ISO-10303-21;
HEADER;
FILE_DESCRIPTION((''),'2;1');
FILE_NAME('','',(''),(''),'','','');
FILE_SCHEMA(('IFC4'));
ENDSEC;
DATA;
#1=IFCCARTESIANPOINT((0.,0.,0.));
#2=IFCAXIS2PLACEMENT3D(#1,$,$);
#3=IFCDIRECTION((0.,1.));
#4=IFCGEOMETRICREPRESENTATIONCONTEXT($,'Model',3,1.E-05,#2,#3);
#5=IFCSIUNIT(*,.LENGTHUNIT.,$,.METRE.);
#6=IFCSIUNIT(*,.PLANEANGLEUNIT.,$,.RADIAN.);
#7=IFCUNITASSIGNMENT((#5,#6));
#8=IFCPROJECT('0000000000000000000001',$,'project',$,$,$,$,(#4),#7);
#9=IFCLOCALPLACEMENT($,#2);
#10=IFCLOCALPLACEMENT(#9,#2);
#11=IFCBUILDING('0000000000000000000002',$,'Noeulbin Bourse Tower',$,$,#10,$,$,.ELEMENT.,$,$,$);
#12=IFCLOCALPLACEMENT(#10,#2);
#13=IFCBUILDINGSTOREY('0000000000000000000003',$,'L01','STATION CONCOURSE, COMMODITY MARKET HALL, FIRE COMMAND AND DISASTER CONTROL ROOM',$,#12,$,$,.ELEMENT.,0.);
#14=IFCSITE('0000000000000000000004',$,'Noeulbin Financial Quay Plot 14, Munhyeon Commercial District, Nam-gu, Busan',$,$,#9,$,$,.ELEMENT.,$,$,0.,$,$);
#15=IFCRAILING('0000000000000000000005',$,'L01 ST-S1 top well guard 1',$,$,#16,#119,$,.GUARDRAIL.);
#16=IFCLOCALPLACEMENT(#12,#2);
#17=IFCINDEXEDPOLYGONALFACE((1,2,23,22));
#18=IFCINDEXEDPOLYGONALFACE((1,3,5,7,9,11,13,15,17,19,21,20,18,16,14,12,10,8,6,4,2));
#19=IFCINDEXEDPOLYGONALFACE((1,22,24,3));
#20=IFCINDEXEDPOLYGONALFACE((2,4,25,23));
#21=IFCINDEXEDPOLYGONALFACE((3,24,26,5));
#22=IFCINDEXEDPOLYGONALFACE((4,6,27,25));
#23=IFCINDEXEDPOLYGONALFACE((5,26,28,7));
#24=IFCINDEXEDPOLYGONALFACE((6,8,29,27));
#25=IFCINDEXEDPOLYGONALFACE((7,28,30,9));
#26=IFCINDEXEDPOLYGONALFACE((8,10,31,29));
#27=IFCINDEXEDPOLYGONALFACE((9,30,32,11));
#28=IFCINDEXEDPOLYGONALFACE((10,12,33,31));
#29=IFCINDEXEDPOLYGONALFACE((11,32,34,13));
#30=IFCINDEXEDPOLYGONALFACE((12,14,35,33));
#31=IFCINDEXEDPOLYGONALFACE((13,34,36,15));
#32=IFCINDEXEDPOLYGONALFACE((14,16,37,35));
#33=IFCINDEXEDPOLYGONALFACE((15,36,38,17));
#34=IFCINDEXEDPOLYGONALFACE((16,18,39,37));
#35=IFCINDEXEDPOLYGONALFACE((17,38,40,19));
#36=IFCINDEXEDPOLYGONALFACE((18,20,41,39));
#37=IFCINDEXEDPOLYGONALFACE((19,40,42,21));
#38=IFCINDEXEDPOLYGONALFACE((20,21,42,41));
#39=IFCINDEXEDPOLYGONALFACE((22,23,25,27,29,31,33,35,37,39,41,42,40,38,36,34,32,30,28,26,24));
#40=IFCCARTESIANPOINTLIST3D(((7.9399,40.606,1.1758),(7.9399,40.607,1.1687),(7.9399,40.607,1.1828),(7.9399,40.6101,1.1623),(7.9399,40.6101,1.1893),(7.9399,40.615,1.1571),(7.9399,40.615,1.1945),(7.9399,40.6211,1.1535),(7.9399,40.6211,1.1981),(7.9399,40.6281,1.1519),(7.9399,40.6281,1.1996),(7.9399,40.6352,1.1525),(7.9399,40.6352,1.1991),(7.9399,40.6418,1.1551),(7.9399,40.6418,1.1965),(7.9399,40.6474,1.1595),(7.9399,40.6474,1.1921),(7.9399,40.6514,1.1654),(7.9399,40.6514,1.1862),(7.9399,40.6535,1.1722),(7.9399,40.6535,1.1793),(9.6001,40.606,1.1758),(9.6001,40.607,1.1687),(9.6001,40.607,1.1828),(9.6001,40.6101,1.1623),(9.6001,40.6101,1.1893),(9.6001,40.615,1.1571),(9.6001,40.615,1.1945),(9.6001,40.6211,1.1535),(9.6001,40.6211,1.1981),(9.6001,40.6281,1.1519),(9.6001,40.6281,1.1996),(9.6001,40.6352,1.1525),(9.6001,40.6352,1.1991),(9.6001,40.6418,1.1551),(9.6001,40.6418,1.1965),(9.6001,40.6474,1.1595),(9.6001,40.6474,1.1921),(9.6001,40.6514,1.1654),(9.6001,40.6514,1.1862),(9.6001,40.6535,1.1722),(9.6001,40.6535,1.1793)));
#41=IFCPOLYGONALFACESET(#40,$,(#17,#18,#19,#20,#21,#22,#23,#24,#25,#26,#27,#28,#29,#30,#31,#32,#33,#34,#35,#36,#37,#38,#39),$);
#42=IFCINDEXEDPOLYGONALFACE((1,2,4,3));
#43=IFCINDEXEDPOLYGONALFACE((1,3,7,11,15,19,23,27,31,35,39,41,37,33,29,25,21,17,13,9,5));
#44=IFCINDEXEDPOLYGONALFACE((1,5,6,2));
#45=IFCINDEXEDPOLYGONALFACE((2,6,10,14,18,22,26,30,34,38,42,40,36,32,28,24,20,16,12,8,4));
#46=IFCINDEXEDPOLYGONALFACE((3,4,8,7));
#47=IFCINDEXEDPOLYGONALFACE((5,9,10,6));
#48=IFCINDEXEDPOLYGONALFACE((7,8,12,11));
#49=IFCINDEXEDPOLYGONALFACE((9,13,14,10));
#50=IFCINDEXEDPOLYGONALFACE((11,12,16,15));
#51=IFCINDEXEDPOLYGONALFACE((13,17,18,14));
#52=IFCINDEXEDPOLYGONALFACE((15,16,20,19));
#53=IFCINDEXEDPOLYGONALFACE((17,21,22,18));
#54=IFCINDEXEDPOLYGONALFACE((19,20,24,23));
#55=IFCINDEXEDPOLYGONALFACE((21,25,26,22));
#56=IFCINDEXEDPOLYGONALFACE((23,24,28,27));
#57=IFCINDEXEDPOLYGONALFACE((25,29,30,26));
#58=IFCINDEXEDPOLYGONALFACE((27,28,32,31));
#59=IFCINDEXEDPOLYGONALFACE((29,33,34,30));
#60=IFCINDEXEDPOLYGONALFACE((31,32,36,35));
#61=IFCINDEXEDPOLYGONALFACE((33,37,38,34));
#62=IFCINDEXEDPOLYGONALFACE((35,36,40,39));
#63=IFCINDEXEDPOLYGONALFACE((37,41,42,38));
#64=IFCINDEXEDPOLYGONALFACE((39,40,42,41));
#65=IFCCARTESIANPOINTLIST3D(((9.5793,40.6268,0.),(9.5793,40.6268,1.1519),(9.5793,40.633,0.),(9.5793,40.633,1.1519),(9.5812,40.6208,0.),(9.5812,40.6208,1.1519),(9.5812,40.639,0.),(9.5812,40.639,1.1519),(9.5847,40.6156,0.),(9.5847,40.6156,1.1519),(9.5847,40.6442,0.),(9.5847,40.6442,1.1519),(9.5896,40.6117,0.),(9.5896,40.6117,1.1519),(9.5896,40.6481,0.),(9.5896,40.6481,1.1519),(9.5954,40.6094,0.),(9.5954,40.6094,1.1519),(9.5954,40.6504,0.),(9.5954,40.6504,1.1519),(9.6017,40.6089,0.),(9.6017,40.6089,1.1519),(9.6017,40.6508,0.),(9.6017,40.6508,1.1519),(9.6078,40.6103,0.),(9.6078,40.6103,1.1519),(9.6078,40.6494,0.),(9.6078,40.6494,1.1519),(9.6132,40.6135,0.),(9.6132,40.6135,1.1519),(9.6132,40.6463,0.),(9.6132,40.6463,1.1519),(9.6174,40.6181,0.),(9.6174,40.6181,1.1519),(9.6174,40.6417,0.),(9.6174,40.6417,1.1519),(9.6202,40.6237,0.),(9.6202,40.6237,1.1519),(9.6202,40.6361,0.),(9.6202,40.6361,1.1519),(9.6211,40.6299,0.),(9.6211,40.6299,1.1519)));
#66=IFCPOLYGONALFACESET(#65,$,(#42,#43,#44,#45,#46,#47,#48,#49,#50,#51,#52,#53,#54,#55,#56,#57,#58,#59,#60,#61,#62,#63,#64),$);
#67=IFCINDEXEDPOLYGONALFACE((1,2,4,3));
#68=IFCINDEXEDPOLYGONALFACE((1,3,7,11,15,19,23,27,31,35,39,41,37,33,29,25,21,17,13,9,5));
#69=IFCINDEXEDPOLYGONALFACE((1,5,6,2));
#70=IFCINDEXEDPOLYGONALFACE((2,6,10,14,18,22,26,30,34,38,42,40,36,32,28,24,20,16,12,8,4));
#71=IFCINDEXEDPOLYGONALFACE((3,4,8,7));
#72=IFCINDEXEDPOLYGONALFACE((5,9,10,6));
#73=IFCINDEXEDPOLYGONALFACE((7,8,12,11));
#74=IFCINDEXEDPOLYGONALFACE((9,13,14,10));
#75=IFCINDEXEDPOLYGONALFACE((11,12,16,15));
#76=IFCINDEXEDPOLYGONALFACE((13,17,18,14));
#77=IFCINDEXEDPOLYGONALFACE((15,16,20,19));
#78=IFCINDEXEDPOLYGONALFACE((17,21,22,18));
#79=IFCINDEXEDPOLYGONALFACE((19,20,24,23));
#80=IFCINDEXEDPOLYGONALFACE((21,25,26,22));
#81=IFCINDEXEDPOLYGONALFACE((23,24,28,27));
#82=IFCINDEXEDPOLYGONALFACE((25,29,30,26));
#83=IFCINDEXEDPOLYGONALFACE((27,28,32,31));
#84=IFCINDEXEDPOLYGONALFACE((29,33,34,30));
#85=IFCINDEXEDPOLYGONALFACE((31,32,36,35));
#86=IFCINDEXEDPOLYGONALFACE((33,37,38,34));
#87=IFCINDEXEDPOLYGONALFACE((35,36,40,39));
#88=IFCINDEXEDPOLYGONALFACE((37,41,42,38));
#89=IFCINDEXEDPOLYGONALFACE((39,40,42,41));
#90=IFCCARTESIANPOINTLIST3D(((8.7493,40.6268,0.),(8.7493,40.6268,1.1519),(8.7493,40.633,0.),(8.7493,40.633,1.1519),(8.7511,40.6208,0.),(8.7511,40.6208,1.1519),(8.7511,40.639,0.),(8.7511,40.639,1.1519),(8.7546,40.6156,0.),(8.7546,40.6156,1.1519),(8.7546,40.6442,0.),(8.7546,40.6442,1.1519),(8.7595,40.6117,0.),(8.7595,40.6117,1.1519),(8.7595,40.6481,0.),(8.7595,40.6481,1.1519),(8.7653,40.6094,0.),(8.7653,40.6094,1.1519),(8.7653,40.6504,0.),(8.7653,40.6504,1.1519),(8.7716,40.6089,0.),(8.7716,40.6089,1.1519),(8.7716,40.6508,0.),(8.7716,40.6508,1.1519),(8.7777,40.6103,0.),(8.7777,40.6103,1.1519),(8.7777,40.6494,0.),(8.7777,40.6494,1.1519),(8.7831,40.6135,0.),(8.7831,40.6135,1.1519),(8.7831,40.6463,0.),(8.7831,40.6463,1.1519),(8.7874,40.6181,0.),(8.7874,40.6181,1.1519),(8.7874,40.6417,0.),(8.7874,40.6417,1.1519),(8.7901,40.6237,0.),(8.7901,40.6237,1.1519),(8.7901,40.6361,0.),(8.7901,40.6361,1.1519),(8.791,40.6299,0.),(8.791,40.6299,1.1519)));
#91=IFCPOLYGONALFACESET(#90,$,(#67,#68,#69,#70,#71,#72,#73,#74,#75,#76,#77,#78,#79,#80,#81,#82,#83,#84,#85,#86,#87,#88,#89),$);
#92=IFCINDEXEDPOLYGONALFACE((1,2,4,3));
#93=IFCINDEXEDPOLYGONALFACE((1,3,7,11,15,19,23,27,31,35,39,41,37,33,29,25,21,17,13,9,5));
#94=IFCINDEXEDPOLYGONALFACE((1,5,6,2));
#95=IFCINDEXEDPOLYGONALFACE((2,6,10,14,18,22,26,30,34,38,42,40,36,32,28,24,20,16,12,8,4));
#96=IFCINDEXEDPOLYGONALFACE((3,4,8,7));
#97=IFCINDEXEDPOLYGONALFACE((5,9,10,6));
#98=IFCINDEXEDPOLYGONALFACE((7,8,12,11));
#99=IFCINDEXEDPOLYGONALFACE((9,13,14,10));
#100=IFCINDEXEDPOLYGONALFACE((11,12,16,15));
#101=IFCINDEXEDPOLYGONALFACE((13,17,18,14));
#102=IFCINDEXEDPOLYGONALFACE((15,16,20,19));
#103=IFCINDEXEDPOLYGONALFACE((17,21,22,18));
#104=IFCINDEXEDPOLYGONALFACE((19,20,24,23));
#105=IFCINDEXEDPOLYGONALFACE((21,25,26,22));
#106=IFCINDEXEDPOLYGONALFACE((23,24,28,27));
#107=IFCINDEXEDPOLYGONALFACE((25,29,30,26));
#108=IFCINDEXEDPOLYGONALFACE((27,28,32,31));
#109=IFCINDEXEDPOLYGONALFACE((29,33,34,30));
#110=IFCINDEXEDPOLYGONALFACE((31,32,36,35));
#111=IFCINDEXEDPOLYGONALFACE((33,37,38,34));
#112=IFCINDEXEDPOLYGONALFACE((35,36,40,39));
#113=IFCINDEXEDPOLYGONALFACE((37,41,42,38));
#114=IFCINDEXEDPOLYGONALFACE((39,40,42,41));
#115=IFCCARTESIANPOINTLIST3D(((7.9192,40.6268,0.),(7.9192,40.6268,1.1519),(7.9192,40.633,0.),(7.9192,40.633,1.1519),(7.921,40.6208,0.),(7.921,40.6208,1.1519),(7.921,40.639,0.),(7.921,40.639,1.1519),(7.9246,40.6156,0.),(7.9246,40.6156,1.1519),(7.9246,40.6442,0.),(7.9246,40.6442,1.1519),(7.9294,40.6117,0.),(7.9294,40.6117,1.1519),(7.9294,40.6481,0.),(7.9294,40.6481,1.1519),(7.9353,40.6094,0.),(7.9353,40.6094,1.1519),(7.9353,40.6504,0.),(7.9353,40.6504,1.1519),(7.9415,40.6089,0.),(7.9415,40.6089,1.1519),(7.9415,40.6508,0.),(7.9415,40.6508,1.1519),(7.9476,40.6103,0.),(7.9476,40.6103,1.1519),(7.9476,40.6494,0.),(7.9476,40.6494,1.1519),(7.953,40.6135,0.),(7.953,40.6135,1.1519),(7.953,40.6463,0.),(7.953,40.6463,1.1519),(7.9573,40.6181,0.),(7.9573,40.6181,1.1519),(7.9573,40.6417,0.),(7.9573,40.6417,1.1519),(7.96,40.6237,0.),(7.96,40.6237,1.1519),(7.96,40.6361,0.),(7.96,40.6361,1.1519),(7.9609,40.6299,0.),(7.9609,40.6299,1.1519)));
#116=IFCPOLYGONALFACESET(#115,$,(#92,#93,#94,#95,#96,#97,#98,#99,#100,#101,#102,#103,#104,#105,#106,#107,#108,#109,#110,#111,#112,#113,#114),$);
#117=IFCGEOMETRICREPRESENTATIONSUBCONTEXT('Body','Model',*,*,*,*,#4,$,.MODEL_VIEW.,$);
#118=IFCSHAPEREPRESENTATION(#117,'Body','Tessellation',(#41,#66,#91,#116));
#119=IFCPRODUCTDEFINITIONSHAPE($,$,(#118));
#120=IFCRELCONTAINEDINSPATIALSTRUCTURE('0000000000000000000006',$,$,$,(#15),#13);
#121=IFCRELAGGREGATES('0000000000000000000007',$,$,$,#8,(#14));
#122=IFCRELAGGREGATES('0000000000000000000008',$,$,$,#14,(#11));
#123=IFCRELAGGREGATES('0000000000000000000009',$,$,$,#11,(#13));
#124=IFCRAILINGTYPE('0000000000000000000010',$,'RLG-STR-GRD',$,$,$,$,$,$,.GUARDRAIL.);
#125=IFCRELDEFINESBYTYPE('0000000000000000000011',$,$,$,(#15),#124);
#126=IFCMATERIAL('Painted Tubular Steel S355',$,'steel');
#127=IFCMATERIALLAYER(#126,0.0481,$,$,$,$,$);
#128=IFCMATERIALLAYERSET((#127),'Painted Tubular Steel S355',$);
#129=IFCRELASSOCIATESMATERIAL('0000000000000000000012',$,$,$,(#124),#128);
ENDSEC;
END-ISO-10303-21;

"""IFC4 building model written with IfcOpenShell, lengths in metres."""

from ifc_helpers import new_model, si_unit, direction, frame, origin, origin_2d, place, context, subcontext, project, spatial, circle, extrude, material, layer, layer_set, type_object, element, save


model = new_model("IFC4")

# Units and contexts
model_context = context("Model", 3, precision=1e-05, world=origin(), true_north=direction((0.0, 1.0)))
body_context = subcontext(model_context, "Body", "Model", "MODEL_VIEW")
ifc_project = project(units=[si_unit("LENGTHUNIT", "METRE"), si_unit("PLANEANGLEUNIT", "RADIAN")], contexts=[model_context])

# Site, building, storey
site_placement = place(None, origin())
site = spatial("IfcSite", under=ifc_project, at=site_placement, Name="Noeulbin Financial Quay Plot 14, Munhyeon Commercial District, Nam-gu, Busan", CompositionType="ELEMENT", RefElevation=0.0)
building_placement = place(site_placement, origin())
building = spatial("IfcBuilding", under=site, at=building_placement, Name="Noeulbin Bourse Tower", CompositionType="ELEMENT")
storey_placement = place(building_placement, origin())
storey = spatial("IfcBuildingStorey", under=building, at=storey_placement, Name="L01", Description="STATION CONCOURSE, COMMODITY MARKET HALL, FIRE COMMAND AND DISASTER CONTROL ROOM", CompositionType="ELEMENT", Elevation=0.0)

# Railing
ifc_material_1 = material(Name="Painted Tubular Steel S355", Category="steel")
ifc_layer_1 = layer(ifc_material_1, 0.0481)
ifc_layer_set_1 = layer_set([ifc_layer_1], Name="Painted Tubular Steel S355")
railing_type = type_object("IfcRailingType", Name="RLG-STR-GRD", PredefinedType="GUARDRAIL", material=ifc_layer_set_1)
railing_placement = place(storey_placement, frame((9.6001, 40.6299, 0.0)))
element("IfcRailing", 1, at=railing_placement, inside=storey, type_object=railing_type, Name="L01 ST-S1 top well guard 1", PredefinedType="GUARDRAIL", context=body_context, shape_type="SweptSolid", body=[
    extrude(circle(Radius=0.0239, at=origin_2d()), frame((0.0, 0.0, 1.1758), z_axis=(-1.0, 0.0, 0.0), x_axis=(0.0, -1.0, 0.0)), (0.0, 0.0, 1.0), 1.6602),
    extrude(circle(Radius=0.021, at=origin_2d()), origin(), (0.0, 0.0, 1.0), 1.1519),
    extrude(circle(Radius=0.021, at=origin_2d()), frame((-0.8301, 0.0, 0.0)), (0.0, 0.0, 1.0), 1.1519),
    extrude(circle(Radius=0.021, at=origin_2d()), frame((-1.6602, 0.0, 0.0)), (0.0, 0.0, 1.0), 1.1519),
])

save(model, "model.ifc")
